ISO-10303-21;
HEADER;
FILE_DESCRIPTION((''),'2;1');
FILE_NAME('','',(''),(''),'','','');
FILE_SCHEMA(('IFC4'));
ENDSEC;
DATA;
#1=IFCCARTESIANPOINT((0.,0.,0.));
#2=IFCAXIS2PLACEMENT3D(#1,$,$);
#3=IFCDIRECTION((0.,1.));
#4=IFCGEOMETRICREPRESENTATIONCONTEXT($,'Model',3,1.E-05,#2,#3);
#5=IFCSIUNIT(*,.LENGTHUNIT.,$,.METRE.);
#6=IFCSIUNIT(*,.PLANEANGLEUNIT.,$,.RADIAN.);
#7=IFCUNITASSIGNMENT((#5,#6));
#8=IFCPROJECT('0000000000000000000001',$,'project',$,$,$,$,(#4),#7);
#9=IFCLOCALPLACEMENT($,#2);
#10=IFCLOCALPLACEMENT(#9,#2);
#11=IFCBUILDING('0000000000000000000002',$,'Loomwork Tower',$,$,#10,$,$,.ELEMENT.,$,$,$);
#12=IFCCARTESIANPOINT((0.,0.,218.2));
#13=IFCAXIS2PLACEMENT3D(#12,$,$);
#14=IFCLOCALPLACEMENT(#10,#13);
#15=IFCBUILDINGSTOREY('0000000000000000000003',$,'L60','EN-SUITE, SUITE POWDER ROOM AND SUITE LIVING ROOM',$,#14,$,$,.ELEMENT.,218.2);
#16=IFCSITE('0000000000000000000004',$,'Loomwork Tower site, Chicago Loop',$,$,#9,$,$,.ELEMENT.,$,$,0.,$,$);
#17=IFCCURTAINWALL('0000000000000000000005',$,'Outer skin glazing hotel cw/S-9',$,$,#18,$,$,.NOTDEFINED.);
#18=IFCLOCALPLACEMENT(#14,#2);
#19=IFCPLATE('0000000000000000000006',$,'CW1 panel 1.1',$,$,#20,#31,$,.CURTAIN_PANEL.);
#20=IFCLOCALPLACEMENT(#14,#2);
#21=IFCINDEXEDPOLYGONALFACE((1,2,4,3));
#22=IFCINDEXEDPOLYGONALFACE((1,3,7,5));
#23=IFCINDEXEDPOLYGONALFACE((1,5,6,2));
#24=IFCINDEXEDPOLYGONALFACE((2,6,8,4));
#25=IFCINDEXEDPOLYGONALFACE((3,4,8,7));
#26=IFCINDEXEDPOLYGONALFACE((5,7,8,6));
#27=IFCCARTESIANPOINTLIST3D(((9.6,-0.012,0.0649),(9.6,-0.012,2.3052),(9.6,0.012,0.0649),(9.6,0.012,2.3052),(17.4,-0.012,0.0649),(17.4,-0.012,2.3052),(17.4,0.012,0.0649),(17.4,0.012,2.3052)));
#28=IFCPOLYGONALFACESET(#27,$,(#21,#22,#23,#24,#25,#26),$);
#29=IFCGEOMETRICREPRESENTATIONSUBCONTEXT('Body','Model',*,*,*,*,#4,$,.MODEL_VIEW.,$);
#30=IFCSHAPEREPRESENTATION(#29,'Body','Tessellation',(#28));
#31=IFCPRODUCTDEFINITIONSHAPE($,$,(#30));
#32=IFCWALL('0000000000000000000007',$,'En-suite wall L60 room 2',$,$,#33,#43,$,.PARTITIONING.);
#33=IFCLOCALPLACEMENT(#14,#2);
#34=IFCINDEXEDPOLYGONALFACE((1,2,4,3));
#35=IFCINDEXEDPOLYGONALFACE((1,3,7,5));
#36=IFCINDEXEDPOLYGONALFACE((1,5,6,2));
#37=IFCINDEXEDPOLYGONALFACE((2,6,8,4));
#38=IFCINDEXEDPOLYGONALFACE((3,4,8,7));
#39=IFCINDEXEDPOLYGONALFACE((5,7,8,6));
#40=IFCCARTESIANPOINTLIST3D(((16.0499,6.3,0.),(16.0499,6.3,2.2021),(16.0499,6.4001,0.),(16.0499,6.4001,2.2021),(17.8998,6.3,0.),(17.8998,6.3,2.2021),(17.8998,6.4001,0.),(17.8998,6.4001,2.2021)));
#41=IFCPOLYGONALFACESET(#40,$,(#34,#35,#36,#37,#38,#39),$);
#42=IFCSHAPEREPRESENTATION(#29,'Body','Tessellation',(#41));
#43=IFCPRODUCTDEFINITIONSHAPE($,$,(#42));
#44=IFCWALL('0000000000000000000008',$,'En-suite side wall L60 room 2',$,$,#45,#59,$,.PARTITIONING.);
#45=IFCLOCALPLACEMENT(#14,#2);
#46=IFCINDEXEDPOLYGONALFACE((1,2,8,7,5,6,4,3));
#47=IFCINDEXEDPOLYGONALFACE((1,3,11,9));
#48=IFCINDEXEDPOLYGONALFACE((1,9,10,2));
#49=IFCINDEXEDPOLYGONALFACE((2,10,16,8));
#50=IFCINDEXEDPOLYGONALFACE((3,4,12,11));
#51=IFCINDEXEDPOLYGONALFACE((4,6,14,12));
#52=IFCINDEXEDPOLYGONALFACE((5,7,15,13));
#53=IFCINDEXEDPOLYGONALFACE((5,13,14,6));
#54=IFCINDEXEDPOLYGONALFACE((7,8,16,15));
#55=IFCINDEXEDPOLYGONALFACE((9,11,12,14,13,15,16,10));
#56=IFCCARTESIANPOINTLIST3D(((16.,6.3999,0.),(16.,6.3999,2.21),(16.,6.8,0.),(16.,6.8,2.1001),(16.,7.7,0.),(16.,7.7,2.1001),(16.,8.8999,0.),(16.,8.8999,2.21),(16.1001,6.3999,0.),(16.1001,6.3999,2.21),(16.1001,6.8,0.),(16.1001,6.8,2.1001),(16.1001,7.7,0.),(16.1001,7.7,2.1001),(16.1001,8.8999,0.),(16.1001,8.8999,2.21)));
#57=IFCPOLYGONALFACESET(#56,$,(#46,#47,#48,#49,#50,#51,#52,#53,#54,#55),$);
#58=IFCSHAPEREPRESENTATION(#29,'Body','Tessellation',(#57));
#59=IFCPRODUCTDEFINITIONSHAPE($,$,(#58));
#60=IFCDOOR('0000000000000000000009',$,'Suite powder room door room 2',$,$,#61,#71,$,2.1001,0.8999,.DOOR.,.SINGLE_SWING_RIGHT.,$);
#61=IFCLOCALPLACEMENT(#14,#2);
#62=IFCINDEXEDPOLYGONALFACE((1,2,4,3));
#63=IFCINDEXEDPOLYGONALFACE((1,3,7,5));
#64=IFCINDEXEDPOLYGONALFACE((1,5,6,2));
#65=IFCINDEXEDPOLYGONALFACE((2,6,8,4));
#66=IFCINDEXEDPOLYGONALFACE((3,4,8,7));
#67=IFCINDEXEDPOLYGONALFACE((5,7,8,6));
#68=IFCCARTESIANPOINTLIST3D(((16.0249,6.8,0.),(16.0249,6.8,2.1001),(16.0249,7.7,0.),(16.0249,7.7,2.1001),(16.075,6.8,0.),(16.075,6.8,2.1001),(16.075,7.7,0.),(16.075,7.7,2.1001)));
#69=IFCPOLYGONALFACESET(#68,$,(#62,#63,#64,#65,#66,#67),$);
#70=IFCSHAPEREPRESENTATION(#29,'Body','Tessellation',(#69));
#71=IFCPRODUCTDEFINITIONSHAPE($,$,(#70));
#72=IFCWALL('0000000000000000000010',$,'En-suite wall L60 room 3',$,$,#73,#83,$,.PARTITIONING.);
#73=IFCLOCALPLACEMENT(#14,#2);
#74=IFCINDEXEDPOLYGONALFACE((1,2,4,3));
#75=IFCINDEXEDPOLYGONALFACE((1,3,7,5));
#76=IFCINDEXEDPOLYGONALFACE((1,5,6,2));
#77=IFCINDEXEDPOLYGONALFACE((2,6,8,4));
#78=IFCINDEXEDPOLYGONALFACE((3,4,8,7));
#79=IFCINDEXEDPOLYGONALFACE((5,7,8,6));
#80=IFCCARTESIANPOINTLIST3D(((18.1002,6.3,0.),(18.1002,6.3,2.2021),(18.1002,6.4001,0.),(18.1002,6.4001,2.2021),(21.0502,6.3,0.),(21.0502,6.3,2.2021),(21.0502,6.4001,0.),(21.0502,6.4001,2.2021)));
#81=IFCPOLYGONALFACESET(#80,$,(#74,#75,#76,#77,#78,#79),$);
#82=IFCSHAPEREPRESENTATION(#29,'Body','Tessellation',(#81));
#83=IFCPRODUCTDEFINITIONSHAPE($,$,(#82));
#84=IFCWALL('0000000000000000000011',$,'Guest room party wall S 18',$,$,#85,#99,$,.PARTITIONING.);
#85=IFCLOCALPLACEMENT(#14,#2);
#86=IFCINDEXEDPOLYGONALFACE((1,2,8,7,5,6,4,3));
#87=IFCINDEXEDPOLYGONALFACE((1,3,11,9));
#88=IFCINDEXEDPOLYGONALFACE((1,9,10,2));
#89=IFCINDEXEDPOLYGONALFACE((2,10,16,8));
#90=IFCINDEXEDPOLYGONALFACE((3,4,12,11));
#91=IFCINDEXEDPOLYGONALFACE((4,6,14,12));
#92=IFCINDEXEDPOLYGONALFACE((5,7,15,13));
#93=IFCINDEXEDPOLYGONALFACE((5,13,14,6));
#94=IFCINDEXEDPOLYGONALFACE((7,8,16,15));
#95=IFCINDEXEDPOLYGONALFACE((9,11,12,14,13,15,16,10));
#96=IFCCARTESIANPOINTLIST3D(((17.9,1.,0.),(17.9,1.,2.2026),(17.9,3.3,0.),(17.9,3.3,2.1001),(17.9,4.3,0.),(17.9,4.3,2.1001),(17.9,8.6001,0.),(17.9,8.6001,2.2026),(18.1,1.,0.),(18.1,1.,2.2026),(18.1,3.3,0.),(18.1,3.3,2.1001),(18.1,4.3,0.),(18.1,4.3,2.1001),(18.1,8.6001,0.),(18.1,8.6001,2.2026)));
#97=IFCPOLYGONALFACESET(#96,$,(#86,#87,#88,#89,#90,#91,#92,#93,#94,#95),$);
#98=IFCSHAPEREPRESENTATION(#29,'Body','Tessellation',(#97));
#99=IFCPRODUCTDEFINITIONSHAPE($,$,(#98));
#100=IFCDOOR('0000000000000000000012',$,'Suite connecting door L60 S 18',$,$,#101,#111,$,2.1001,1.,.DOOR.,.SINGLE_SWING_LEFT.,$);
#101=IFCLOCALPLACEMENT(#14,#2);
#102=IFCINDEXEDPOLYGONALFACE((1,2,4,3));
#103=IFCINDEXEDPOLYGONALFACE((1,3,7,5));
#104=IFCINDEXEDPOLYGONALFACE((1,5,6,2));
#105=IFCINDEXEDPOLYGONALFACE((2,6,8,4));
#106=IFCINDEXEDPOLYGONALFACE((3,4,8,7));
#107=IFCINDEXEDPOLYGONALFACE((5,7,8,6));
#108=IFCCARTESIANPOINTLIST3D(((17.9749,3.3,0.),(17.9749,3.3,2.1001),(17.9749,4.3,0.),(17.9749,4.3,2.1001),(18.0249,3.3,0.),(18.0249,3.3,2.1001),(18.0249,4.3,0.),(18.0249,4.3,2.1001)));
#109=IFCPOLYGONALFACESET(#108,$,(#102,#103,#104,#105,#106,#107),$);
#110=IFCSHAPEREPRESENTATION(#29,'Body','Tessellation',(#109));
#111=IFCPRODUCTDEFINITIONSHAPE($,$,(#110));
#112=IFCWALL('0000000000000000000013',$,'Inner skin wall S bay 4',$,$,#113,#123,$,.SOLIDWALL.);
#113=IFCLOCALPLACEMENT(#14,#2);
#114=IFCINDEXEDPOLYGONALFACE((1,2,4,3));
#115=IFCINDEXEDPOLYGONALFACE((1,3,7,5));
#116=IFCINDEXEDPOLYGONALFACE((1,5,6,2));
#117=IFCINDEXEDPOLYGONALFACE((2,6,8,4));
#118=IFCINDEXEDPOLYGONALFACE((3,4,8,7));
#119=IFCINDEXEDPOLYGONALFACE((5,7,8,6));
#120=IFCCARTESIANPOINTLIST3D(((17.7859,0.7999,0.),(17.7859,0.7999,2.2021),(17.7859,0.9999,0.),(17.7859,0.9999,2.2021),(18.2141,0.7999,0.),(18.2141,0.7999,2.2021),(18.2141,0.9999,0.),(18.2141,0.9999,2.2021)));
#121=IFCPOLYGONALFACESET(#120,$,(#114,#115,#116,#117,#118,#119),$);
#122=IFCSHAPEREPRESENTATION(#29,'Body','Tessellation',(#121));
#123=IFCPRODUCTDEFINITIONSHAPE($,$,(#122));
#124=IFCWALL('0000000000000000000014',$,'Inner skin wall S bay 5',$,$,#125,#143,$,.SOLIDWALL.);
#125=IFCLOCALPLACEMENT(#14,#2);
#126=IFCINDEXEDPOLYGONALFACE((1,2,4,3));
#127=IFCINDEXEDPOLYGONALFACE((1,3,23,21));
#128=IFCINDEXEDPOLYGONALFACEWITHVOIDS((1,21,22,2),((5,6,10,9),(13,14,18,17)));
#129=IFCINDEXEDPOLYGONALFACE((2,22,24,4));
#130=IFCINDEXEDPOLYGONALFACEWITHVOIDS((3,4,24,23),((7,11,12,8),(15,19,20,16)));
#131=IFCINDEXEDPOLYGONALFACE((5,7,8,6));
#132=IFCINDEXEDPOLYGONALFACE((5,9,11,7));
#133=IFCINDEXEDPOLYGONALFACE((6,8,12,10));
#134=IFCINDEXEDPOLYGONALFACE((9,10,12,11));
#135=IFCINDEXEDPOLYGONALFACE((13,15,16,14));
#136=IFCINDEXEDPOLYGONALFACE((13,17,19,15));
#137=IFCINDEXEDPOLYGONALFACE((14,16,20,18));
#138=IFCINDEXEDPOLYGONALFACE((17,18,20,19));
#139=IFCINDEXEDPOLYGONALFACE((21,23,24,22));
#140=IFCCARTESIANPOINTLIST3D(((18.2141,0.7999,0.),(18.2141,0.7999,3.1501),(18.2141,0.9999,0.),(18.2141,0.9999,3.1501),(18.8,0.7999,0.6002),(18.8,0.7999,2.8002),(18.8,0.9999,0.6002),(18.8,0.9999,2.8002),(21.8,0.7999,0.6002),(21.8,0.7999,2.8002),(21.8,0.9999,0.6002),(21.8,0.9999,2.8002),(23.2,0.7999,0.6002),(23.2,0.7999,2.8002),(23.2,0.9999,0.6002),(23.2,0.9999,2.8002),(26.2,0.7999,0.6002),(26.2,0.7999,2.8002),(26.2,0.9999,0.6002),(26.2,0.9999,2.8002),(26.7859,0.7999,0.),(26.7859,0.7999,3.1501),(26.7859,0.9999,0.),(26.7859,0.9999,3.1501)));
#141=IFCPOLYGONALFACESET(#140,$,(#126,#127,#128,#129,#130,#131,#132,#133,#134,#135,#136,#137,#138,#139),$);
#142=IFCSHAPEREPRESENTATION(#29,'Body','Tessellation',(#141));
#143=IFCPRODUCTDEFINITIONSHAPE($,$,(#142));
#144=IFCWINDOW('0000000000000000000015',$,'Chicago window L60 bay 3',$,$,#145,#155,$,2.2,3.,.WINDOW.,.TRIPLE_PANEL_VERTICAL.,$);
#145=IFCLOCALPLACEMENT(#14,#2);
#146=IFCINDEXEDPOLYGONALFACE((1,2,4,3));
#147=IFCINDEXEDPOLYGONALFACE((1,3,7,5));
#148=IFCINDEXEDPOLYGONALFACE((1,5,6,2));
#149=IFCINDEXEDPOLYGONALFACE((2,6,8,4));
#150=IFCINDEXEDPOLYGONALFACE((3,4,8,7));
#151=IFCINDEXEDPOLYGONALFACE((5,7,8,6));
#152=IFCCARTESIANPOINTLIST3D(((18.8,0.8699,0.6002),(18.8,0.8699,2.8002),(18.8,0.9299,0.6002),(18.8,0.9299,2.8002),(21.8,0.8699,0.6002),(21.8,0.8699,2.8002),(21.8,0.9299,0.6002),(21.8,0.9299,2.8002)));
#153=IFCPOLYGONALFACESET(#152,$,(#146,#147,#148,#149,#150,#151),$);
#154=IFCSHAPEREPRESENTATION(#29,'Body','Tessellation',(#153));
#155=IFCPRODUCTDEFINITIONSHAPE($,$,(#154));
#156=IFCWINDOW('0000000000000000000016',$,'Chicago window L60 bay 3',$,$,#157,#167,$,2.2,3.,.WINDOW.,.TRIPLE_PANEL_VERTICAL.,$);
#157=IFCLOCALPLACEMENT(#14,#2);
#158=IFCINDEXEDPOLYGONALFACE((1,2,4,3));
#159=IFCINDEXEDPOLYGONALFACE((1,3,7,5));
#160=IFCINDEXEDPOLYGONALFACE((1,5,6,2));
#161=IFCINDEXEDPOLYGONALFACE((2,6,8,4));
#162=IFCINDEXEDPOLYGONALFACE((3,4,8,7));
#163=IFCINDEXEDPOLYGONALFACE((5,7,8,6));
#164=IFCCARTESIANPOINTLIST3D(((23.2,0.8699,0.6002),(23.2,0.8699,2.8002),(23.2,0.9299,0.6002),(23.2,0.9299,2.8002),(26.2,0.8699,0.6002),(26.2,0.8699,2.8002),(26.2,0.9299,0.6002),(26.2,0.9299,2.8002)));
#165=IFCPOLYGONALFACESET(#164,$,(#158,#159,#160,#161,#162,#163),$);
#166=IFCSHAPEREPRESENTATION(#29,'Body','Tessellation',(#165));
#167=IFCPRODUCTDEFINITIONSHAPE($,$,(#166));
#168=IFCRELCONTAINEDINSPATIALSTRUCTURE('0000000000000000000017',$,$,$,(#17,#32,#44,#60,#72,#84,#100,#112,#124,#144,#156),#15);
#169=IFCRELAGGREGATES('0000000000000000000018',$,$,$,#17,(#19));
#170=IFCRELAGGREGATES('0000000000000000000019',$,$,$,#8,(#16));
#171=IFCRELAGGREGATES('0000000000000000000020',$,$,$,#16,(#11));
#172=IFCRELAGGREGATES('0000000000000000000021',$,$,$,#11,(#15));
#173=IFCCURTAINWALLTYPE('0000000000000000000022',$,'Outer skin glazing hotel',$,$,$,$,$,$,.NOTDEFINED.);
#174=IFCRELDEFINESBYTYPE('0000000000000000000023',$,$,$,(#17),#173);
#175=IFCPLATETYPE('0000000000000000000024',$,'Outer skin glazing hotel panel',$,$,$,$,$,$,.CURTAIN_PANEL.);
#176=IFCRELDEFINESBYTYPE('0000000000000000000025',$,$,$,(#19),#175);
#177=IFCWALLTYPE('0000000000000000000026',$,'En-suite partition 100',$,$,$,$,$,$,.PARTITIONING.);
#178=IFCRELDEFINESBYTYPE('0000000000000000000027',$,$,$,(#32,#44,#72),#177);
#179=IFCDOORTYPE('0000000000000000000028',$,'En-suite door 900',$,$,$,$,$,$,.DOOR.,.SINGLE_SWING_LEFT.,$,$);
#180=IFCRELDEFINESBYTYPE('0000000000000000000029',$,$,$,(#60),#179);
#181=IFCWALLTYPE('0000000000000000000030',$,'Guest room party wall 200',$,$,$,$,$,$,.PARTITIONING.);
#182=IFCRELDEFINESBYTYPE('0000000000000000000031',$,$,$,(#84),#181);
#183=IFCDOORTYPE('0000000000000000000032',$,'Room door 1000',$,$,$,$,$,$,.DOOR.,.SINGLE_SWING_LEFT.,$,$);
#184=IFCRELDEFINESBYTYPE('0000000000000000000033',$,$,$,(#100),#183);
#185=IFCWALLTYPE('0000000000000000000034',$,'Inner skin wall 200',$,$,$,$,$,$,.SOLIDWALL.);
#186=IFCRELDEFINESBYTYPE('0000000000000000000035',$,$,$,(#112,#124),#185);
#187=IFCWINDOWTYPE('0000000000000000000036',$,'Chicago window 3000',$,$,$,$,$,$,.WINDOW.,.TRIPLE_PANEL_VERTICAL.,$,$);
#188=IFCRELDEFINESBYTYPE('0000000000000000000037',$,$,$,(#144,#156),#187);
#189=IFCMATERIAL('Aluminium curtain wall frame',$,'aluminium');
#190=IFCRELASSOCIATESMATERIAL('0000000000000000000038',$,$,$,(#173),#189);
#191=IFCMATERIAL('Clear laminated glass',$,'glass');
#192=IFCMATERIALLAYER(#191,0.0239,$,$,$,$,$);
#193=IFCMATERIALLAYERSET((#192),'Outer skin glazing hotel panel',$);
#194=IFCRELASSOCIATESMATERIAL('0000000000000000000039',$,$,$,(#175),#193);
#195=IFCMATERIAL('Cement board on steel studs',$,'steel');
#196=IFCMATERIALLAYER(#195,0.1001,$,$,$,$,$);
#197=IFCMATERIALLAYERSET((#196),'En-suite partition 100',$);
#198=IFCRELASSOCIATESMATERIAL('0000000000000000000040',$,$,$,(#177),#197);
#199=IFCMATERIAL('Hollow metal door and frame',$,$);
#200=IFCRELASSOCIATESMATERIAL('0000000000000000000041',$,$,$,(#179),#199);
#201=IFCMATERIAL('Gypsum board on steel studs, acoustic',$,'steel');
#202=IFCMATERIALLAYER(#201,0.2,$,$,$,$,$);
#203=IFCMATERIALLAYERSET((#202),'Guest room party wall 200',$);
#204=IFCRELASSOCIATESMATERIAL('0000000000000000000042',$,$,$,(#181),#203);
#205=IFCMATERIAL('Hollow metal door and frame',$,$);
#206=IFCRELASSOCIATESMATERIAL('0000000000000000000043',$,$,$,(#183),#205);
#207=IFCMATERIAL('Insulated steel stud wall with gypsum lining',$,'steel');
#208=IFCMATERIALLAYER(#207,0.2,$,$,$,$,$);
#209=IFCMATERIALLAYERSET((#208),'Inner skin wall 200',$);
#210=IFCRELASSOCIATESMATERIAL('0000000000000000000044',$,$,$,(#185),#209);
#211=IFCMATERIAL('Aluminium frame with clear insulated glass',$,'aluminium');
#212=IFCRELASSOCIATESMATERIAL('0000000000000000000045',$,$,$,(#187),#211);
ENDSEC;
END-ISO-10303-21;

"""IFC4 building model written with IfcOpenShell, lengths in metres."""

from ifc_helpers import new_model, si_unit, direction, frame, frame_2d, origin, origin_2d, place, context, subcontext, project, spatial, rectangle, extrude, material, layer, layer_set, type_object, element, fill, aggregate, save


model = new_model("IFC4")

# Units and contexts
model_context = context("Model", 3, precision=1e-05, world=origin(), true_north=direction((0.0, 1.0)))
body_context = subcontext(model_context, "Body", "Model", "MODEL_VIEW")
ifc_project = project(units=[si_unit("LENGTHUNIT", "METRE"), si_unit("PLANEANGLEUNIT", "RADIAN")], contexts=[model_context])

# Site, building, storey
site_placement = place(None, origin())
site = spatial("IfcSite", under=ifc_project, at=site_placement, Name="Loomwork Tower site, Chicago Loop", CompositionType="ELEMENT", RefElevation=0.0)
building_placement = place(site_placement, origin())
building = spatial("IfcBuilding", under=site, at=building_placement, Name="Loomwork Tower", CompositionType="ELEMENT")
storey_placement = place(building_placement, frame((0.0, 0.0, 218.2)))
storey = spatial("IfcBuildingStorey", under=building, at=storey_placement, Name="L60", Description="EN-SUITE, SUITE POWDER ROOM AND SUITE LIVING ROOM", CompositionType="ELEMENT", Elevation=218.2)

# Curtain wall
ifc_material_1 = material(Name="Aluminium curtain wall frame", Category="aluminium")
curtain_wall_type = type_object("IfcCurtainWallType", Name="Outer skin glazing hotel", PredefinedType="NOTDEFINED", material=ifc_material_1)
curtain_wall_1_placement = place(storey_placement, origin())
curtain_wall_1 = element("IfcCurtainWall", 1, at=curtain_wall_1_placement, inside=storey, type_object=curtain_wall_type, Name="Outer skin glazing hotel cw/S-9", PredefinedType="NOTDEFINED")

# Plate
ifc_material_2 = material(Name="Clear laminated glass", Category="glass")
ifc_layer_1 = layer(ifc_material_2, 0.0239)
ifc_layer_set_1 = layer_set([ifc_layer_1], Name="Outer skin glazing hotel panel")
plate_type = type_object("IfcPlateType", Name="Outer skin glazing hotel panel", PredefinedType="CURTAIN_PANEL", material=ifc_layer_set_1)
plate_placement = place(storey_placement, frame((13.5, 0.0, 0.0649), z_axis=(0.0, 0.0, 1.0), x_axis=(1.0, 0.0, 0.0)))
plate = element("IfcPlate", 2, at=plate_placement, type_object=plate_type, Name="CW1 panel 1.1", PredefinedType="CURTAIN_PANEL", context=body_context, shape_type="SweptSolid", body=[
    extrude(rectangle(XDim=7.8, YDim=0.0239, at=origin_2d()), origin(), (0.0, 0.0, 1.0), 2.2402),
])
aggregate(curtain_wall_1, [plate])

# Wall
ifc_material_3 = material(Name="Cement board on steel studs", Category="steel")
ifc_layer_2 = layer(ifc_material_3, 0.1001)
ifc_layer_set_2 = layer_set([ifc_layer_2], Name="En-suite partition 100")
wall_type_1 = type_object("IfcWallType", Name="En-suite partition 100", PredefinedType="PARTITIONING", material=ifc_layer_set_2)
wall_1_placement = place(storey_placement, frame((16.05, 6.3501, 0.0), z_axis=(0.0, 0.0, 1.0), x_axis=(1.0, 0.0, 0.0)))
element("IfcWall", 3, at=wall_1_placement, inside=storey, type_object=wall_type_1, Name="En-suite wall L60 room 2", PredefinedType="PARTITIONING", context=body_context, shape_type="SweptSolid", body=[
    extrude(rectangle(XDim=1.8499, YDim=0.1001, at=frame_2d((0.9248, 0.0))), origin(), (0.0, 0.0, 1.0), 2.2021),
])

# Wall, opening, door
wall_2_placement = place(storey_placement, frame((16.05, 8.8999, 0.0), z_axis=(0.0, 0.0, 1.0), x_axis=(0.0, -1.0, 0.0)))
wall_2 = element("IfcWall", 4, at=wall_2_placement, inside=storey, type_object=wall_type_1, Name="En-suite side wall L60 room 2", PredefinedType="PARTITIONING", context=body_context, shape_type="SweptSolid", body=[
    extrude(rectangle(XDim=2.5, YDim=0.1001, at=frame_2d((1.25, 0.0))), origin(), (0.0, 0.0, 1.0), 2.21),
])
opening_1_placement = place(wall_2_placement, frame((1.2, 0.0, 0.0)))
opening_1 = element("IfcOpeningElement", 5, at=opening_1_placement, cuts=wall_2, PredefinedType="OPENING", context=body_context, shape_type="SweptSolid", body=[
    extrude(rectangle(XDim=0.8999, YDim=2.1001, at=frame_2d((0.45, 1.05))), frame((0.0, 0.0601, 0.0), z_axis=(0.0, -1.0, 0.0), x_axis=(1.0, 0.0, 0.0)), (0.0, 0.0, 1.0), 0.1201),
])
ifc_material_4 = material(Name="Hollow metal door and frame")
door_type_1 = type_object("IfcDoorType", Name="En-suite door 900", OperationType="SINGLE_SWING_LEFT", PredefinedType="DOOR", material=ifc_material_4)
door_1_placement = place(opening_1_placement, origin())
door_1 = element("IfcDoor", 6, at=door_1_placement, inside=storey, type_object=door_type_1, Name="Suite powder room door room 2", OperationType="SINGLE_SWING_RIGHT", OverallHeight=2.1001, OverallWidth=0.8999, PredefinedType="DOOR", context=body_context, shape_type="SweptSolid", body=[
    extrude(rectangle(XDim=0.8999, YDim=2.1001, at=frame_2d((0.45, 1.05))), frame((0.0, 0.0249, 0.0), z_axis=(0.0, -1.0, 0.0), x_axis=(1.0, 0.0, 0.0)), (0.0, 0.0, 1.0), 0.05),
])
fill(opening_1, door_1)

# Wall
wall_3_placement = place(storey_placement, frame((18.1001, 6.3501, 0.0), z_axis=(0.0, 0.0, 1.0), x_axis=(1.0, 0.0, 0.0)))
element("IfcWall", 7, at=wall_3_placement, inside=storey, type_object=wall_type_1, Name="En-suite wall L60 room 3", PredefinedType="PARTITIONING", context=body_context, shape_type="SweptSolid", body=[
    extrude(rectangle(XDim=2.95, YDim=0.1001, at=frame_2d((1.4751, 0.0))), origin(), (0.0, 0.0, 1.0), 2.2021),
])

# Wall, opening, door
ifc_material_5 = material(Name="Gypsum board on steel studs, acoustic", Category="steel")
ifc_layer_3 = layer(ifc_material_5, 0.2)
ifc_layer_set_3 = layer_set([ifc_layer_3], Name="Guest room party wall 200")
wall_type_2 = type_object("IfcWallType", Name="Guest room party wall 200", PredefinedType="PARTITIONING", material=ifc_layer_set_3)
wall_4_placement = place(storey_placement, frame((18.0, 8.6001, 0.0), z_axis=(0.0, 0.0, 1.0), x_axis=(0.0, -1.0, 0.0)))
wall_4 = element("IfcWall", 8, at=wall_4_placement, inside=storey, type_object=wall_type_2, Name="Guest room party wall S 18", PredefinedType="PARTITIONING", context=body_context, shape_type="SweptSolid", body=[
    extrude(rectangle(XDim=7.6001, YDim=0.2, at=frame_2d((3.8, 0.0))), origin(), (0.0, 0.0, 1.0), 2.2026),
])
opening_2_placement = place(wall_4_placement, frame((4.3, 0.0, 0.0)))
opening_2 = element("IfcOpeningElement", 9, at=opening_2_placement, cuts=wall_4, PredefinedType="OPENING", context=body_context, shape_type="SweptSolid", body=[
    extrude(rectangle(XDim=1.0, YDim=2.1001, at=frame_2d((0.5, 1.05))), frame((0.0, 0.1099, 0.0), z_axis=(0.0, -1.0, 0.0), x_axis=(1.0, 0.0, 0.0)), (0.0, 0.0, 1.0), 0.22),
])
ifc_material_6 = material(Name="Hollow metal door and frame")
door_type_2 = type_object("IfcDoorType", Name="Room door 1000", OperationType="SINGLE_SWING_LEFT", PredefinedType="DOOR", material=ifc_material_6)
door_2_placement = place(opening_2_placement, origin())
door_2 = element("IfcDoor", 10, at=door_2_placement, inside=storey, type_object=door_type_2, Name="Suite connecting door L60 S 18", OperationType="SINGLE_SWING_LEFT", OverallHeight=2.1001, OverallWidth=1.0, PredefinedType="DOOR", context=body_context, shape_type="SweptSolid", body=[
    extrude(rectangle(XDim=1.0, YDim=2.1001, at=frame_2d((0.5, 1.05))), frame((0.0, 0.0249, 0.0), z_axis=(0.0, -1.0, 0.0), x_axis=(1.0, 0.0, 0.0)), (0.0, 0.0, 1.0), 0.05),
])
fill(opening_2, door_2)

# Wall
ifc_material_7 = material(Name="Insulated steel stud wall with gypsum lining", Category="steel")
ifc_layer_4 = layer(ifc_material_7, 0.2)
ifc_layer_set_4 = layer_set([ifc_layer_4], Name="Inner skin wall 200")
wall_type_3 = type_object("IfcWallType", Name="Inner skin wall 200", PredefinedType="SOLIDWALL", material=ifc_layer_set_4)
wall_5_placement = place(storey_placement, frame((17.7859, 0.8999, 0.0), z_axis=(0.0, 0.0, 1.0), x_axis=(1.0, 0.0, 0.0)))
element("IfcWall", 11, at=wall_5_placement, inside=storey, type_object=wall_type_3, Name="Inner skin wall S bay 4", PredefinedType="SOLIDWALL", context=body_context, shape_type="SweptSolid", body=[
    extrude(rectangle(XDim=0.4282, YDim=0.2, at=frame_2d((0.2141, 0.0))), origin(), (0.0, 0.0, 1.0), 2.2021),
])

# Wall, openings, windows
wall_6_placement = place(storey_placement, frame((18.2141, 0.8999, 0.0), z_axis=(0.0, 0.0, 1.0), x_axis=(1.0, 0.0, 0.0)))
wall_6 = element("IfcWall", 12, at=wall_6_placement, inside=storey, type_object=wall_type_3, Name="Inner skin wall S bay 5", PredefinedType="SOLIDWALL", context=body_context, shape_type="SweptSolid", body=[
    extrude(rectangle(XDim=8.5718, YDim=0.2, at=frame_2d((4.2859, 0.0))), origin(), (0.0, 0.0, 1.0), 3.1501),
])
opening_3_placement = place(wall_6_placement, frame((0.5859, 0.0, 0.6001)))
opening_3 = element("IfcOpeningElement", 13, at=opening_3_placement, cuts=wall_6, PredefinedType="OPENING", context=body_context, shape_type="SweptSolid", body=[
    extrude(rectangle(XDim=3.0, YDim=2.2, at=frame_2d((1.5, 1.1001))), frame((0.0, 0.1099, 0.0), z_axis=(0.0, -1.0, 0.0), x_axis=(1.0, 0.0, 0.0)), (0.0, 0.0, 1.0), 0.22),
])
opening_4_placement = place(wall_6_placement, frame((4.9858, 0.0, 0.6001)))
opening_4 = element("IfcOpeningElement", 14, at=opening_4_placement, cuts=wall_6, PredefinedType="OPENING", context=body_context, shape_type="SweptSolid", body=[
    extrude(rectangle(XDim=3.0, YDim=2.2, at=frame_2d((1.5, 1.1001))), frame((0.0, 0.1099, 0.0), z_axis=(0.0, -1.0, 0.0), x_axis=(1.0, 0.0, 0.0)), (0.0, 0.0, 1.0), 0.22),
])
ifc_material_8 = material(Name="Aluminium frame with clear insulated glass", Category="aluminium")
window_type = type_object("IfcWindowType", Name="Chicago window 3000", PartitioningType="TRIPLE_PANEL_VERTICAL", PredefinedType="WINDOW", material=ifc_material_8)
window_1_placement = place(opening_3_placement, origin())
window_1 = element("IfcWindow", 15, at=window_1_placement, inside=storey, type_object=window_type, Name="Chicago window L60 bay 3", OverallHeight=2.2, OverallWidth=3.0, PartitioningType="TRIPLE_PANEL_VERTICAL", PredefinedType="WINDOW", context=body_context, shape_type="SweptSolid", body=[
    extrude(rectangle(XDim=3.0, YDim=2.2, at=frame_2d((1.5, 1.1001))), frame((0.0, 0.03, 0.0), z_axis=(0.0, -1.0, 0.0), x_axis=(1.0, 0.0, 0.0)), (0.0, 0.0, 1.0), 0.0601),
])
fill(opening_3, window_1)
window_2_placement = place(opening_4_placement, origin())
window_2 = element("IfcWindow", 16, at=window_2_placement, inside=storey, type_object=window_type, Name="Chicago window L60 bay 3", OverallHeight=2.2, OverallWidth=3.0, PartitioningType="TRIPLE_PANEL_VERTICAL", PredefinedType="WINDOW", context=body_context, shape_type="SweptSolid", body=[
    extrude(rectangle(XDim=3.0, YDim=2.2, at=frame_2d((1.5, 1.1001))), frame((0.0, 0.03, 0.0), z_axis=(0.0, -1.0, 0.0), x_axis=(1.0, 0.0, 0.0)), (0.0, 0.0, 1.0), 0.0601),
])
fill(opening_4, window_2)

save(model, "model.ifc")
